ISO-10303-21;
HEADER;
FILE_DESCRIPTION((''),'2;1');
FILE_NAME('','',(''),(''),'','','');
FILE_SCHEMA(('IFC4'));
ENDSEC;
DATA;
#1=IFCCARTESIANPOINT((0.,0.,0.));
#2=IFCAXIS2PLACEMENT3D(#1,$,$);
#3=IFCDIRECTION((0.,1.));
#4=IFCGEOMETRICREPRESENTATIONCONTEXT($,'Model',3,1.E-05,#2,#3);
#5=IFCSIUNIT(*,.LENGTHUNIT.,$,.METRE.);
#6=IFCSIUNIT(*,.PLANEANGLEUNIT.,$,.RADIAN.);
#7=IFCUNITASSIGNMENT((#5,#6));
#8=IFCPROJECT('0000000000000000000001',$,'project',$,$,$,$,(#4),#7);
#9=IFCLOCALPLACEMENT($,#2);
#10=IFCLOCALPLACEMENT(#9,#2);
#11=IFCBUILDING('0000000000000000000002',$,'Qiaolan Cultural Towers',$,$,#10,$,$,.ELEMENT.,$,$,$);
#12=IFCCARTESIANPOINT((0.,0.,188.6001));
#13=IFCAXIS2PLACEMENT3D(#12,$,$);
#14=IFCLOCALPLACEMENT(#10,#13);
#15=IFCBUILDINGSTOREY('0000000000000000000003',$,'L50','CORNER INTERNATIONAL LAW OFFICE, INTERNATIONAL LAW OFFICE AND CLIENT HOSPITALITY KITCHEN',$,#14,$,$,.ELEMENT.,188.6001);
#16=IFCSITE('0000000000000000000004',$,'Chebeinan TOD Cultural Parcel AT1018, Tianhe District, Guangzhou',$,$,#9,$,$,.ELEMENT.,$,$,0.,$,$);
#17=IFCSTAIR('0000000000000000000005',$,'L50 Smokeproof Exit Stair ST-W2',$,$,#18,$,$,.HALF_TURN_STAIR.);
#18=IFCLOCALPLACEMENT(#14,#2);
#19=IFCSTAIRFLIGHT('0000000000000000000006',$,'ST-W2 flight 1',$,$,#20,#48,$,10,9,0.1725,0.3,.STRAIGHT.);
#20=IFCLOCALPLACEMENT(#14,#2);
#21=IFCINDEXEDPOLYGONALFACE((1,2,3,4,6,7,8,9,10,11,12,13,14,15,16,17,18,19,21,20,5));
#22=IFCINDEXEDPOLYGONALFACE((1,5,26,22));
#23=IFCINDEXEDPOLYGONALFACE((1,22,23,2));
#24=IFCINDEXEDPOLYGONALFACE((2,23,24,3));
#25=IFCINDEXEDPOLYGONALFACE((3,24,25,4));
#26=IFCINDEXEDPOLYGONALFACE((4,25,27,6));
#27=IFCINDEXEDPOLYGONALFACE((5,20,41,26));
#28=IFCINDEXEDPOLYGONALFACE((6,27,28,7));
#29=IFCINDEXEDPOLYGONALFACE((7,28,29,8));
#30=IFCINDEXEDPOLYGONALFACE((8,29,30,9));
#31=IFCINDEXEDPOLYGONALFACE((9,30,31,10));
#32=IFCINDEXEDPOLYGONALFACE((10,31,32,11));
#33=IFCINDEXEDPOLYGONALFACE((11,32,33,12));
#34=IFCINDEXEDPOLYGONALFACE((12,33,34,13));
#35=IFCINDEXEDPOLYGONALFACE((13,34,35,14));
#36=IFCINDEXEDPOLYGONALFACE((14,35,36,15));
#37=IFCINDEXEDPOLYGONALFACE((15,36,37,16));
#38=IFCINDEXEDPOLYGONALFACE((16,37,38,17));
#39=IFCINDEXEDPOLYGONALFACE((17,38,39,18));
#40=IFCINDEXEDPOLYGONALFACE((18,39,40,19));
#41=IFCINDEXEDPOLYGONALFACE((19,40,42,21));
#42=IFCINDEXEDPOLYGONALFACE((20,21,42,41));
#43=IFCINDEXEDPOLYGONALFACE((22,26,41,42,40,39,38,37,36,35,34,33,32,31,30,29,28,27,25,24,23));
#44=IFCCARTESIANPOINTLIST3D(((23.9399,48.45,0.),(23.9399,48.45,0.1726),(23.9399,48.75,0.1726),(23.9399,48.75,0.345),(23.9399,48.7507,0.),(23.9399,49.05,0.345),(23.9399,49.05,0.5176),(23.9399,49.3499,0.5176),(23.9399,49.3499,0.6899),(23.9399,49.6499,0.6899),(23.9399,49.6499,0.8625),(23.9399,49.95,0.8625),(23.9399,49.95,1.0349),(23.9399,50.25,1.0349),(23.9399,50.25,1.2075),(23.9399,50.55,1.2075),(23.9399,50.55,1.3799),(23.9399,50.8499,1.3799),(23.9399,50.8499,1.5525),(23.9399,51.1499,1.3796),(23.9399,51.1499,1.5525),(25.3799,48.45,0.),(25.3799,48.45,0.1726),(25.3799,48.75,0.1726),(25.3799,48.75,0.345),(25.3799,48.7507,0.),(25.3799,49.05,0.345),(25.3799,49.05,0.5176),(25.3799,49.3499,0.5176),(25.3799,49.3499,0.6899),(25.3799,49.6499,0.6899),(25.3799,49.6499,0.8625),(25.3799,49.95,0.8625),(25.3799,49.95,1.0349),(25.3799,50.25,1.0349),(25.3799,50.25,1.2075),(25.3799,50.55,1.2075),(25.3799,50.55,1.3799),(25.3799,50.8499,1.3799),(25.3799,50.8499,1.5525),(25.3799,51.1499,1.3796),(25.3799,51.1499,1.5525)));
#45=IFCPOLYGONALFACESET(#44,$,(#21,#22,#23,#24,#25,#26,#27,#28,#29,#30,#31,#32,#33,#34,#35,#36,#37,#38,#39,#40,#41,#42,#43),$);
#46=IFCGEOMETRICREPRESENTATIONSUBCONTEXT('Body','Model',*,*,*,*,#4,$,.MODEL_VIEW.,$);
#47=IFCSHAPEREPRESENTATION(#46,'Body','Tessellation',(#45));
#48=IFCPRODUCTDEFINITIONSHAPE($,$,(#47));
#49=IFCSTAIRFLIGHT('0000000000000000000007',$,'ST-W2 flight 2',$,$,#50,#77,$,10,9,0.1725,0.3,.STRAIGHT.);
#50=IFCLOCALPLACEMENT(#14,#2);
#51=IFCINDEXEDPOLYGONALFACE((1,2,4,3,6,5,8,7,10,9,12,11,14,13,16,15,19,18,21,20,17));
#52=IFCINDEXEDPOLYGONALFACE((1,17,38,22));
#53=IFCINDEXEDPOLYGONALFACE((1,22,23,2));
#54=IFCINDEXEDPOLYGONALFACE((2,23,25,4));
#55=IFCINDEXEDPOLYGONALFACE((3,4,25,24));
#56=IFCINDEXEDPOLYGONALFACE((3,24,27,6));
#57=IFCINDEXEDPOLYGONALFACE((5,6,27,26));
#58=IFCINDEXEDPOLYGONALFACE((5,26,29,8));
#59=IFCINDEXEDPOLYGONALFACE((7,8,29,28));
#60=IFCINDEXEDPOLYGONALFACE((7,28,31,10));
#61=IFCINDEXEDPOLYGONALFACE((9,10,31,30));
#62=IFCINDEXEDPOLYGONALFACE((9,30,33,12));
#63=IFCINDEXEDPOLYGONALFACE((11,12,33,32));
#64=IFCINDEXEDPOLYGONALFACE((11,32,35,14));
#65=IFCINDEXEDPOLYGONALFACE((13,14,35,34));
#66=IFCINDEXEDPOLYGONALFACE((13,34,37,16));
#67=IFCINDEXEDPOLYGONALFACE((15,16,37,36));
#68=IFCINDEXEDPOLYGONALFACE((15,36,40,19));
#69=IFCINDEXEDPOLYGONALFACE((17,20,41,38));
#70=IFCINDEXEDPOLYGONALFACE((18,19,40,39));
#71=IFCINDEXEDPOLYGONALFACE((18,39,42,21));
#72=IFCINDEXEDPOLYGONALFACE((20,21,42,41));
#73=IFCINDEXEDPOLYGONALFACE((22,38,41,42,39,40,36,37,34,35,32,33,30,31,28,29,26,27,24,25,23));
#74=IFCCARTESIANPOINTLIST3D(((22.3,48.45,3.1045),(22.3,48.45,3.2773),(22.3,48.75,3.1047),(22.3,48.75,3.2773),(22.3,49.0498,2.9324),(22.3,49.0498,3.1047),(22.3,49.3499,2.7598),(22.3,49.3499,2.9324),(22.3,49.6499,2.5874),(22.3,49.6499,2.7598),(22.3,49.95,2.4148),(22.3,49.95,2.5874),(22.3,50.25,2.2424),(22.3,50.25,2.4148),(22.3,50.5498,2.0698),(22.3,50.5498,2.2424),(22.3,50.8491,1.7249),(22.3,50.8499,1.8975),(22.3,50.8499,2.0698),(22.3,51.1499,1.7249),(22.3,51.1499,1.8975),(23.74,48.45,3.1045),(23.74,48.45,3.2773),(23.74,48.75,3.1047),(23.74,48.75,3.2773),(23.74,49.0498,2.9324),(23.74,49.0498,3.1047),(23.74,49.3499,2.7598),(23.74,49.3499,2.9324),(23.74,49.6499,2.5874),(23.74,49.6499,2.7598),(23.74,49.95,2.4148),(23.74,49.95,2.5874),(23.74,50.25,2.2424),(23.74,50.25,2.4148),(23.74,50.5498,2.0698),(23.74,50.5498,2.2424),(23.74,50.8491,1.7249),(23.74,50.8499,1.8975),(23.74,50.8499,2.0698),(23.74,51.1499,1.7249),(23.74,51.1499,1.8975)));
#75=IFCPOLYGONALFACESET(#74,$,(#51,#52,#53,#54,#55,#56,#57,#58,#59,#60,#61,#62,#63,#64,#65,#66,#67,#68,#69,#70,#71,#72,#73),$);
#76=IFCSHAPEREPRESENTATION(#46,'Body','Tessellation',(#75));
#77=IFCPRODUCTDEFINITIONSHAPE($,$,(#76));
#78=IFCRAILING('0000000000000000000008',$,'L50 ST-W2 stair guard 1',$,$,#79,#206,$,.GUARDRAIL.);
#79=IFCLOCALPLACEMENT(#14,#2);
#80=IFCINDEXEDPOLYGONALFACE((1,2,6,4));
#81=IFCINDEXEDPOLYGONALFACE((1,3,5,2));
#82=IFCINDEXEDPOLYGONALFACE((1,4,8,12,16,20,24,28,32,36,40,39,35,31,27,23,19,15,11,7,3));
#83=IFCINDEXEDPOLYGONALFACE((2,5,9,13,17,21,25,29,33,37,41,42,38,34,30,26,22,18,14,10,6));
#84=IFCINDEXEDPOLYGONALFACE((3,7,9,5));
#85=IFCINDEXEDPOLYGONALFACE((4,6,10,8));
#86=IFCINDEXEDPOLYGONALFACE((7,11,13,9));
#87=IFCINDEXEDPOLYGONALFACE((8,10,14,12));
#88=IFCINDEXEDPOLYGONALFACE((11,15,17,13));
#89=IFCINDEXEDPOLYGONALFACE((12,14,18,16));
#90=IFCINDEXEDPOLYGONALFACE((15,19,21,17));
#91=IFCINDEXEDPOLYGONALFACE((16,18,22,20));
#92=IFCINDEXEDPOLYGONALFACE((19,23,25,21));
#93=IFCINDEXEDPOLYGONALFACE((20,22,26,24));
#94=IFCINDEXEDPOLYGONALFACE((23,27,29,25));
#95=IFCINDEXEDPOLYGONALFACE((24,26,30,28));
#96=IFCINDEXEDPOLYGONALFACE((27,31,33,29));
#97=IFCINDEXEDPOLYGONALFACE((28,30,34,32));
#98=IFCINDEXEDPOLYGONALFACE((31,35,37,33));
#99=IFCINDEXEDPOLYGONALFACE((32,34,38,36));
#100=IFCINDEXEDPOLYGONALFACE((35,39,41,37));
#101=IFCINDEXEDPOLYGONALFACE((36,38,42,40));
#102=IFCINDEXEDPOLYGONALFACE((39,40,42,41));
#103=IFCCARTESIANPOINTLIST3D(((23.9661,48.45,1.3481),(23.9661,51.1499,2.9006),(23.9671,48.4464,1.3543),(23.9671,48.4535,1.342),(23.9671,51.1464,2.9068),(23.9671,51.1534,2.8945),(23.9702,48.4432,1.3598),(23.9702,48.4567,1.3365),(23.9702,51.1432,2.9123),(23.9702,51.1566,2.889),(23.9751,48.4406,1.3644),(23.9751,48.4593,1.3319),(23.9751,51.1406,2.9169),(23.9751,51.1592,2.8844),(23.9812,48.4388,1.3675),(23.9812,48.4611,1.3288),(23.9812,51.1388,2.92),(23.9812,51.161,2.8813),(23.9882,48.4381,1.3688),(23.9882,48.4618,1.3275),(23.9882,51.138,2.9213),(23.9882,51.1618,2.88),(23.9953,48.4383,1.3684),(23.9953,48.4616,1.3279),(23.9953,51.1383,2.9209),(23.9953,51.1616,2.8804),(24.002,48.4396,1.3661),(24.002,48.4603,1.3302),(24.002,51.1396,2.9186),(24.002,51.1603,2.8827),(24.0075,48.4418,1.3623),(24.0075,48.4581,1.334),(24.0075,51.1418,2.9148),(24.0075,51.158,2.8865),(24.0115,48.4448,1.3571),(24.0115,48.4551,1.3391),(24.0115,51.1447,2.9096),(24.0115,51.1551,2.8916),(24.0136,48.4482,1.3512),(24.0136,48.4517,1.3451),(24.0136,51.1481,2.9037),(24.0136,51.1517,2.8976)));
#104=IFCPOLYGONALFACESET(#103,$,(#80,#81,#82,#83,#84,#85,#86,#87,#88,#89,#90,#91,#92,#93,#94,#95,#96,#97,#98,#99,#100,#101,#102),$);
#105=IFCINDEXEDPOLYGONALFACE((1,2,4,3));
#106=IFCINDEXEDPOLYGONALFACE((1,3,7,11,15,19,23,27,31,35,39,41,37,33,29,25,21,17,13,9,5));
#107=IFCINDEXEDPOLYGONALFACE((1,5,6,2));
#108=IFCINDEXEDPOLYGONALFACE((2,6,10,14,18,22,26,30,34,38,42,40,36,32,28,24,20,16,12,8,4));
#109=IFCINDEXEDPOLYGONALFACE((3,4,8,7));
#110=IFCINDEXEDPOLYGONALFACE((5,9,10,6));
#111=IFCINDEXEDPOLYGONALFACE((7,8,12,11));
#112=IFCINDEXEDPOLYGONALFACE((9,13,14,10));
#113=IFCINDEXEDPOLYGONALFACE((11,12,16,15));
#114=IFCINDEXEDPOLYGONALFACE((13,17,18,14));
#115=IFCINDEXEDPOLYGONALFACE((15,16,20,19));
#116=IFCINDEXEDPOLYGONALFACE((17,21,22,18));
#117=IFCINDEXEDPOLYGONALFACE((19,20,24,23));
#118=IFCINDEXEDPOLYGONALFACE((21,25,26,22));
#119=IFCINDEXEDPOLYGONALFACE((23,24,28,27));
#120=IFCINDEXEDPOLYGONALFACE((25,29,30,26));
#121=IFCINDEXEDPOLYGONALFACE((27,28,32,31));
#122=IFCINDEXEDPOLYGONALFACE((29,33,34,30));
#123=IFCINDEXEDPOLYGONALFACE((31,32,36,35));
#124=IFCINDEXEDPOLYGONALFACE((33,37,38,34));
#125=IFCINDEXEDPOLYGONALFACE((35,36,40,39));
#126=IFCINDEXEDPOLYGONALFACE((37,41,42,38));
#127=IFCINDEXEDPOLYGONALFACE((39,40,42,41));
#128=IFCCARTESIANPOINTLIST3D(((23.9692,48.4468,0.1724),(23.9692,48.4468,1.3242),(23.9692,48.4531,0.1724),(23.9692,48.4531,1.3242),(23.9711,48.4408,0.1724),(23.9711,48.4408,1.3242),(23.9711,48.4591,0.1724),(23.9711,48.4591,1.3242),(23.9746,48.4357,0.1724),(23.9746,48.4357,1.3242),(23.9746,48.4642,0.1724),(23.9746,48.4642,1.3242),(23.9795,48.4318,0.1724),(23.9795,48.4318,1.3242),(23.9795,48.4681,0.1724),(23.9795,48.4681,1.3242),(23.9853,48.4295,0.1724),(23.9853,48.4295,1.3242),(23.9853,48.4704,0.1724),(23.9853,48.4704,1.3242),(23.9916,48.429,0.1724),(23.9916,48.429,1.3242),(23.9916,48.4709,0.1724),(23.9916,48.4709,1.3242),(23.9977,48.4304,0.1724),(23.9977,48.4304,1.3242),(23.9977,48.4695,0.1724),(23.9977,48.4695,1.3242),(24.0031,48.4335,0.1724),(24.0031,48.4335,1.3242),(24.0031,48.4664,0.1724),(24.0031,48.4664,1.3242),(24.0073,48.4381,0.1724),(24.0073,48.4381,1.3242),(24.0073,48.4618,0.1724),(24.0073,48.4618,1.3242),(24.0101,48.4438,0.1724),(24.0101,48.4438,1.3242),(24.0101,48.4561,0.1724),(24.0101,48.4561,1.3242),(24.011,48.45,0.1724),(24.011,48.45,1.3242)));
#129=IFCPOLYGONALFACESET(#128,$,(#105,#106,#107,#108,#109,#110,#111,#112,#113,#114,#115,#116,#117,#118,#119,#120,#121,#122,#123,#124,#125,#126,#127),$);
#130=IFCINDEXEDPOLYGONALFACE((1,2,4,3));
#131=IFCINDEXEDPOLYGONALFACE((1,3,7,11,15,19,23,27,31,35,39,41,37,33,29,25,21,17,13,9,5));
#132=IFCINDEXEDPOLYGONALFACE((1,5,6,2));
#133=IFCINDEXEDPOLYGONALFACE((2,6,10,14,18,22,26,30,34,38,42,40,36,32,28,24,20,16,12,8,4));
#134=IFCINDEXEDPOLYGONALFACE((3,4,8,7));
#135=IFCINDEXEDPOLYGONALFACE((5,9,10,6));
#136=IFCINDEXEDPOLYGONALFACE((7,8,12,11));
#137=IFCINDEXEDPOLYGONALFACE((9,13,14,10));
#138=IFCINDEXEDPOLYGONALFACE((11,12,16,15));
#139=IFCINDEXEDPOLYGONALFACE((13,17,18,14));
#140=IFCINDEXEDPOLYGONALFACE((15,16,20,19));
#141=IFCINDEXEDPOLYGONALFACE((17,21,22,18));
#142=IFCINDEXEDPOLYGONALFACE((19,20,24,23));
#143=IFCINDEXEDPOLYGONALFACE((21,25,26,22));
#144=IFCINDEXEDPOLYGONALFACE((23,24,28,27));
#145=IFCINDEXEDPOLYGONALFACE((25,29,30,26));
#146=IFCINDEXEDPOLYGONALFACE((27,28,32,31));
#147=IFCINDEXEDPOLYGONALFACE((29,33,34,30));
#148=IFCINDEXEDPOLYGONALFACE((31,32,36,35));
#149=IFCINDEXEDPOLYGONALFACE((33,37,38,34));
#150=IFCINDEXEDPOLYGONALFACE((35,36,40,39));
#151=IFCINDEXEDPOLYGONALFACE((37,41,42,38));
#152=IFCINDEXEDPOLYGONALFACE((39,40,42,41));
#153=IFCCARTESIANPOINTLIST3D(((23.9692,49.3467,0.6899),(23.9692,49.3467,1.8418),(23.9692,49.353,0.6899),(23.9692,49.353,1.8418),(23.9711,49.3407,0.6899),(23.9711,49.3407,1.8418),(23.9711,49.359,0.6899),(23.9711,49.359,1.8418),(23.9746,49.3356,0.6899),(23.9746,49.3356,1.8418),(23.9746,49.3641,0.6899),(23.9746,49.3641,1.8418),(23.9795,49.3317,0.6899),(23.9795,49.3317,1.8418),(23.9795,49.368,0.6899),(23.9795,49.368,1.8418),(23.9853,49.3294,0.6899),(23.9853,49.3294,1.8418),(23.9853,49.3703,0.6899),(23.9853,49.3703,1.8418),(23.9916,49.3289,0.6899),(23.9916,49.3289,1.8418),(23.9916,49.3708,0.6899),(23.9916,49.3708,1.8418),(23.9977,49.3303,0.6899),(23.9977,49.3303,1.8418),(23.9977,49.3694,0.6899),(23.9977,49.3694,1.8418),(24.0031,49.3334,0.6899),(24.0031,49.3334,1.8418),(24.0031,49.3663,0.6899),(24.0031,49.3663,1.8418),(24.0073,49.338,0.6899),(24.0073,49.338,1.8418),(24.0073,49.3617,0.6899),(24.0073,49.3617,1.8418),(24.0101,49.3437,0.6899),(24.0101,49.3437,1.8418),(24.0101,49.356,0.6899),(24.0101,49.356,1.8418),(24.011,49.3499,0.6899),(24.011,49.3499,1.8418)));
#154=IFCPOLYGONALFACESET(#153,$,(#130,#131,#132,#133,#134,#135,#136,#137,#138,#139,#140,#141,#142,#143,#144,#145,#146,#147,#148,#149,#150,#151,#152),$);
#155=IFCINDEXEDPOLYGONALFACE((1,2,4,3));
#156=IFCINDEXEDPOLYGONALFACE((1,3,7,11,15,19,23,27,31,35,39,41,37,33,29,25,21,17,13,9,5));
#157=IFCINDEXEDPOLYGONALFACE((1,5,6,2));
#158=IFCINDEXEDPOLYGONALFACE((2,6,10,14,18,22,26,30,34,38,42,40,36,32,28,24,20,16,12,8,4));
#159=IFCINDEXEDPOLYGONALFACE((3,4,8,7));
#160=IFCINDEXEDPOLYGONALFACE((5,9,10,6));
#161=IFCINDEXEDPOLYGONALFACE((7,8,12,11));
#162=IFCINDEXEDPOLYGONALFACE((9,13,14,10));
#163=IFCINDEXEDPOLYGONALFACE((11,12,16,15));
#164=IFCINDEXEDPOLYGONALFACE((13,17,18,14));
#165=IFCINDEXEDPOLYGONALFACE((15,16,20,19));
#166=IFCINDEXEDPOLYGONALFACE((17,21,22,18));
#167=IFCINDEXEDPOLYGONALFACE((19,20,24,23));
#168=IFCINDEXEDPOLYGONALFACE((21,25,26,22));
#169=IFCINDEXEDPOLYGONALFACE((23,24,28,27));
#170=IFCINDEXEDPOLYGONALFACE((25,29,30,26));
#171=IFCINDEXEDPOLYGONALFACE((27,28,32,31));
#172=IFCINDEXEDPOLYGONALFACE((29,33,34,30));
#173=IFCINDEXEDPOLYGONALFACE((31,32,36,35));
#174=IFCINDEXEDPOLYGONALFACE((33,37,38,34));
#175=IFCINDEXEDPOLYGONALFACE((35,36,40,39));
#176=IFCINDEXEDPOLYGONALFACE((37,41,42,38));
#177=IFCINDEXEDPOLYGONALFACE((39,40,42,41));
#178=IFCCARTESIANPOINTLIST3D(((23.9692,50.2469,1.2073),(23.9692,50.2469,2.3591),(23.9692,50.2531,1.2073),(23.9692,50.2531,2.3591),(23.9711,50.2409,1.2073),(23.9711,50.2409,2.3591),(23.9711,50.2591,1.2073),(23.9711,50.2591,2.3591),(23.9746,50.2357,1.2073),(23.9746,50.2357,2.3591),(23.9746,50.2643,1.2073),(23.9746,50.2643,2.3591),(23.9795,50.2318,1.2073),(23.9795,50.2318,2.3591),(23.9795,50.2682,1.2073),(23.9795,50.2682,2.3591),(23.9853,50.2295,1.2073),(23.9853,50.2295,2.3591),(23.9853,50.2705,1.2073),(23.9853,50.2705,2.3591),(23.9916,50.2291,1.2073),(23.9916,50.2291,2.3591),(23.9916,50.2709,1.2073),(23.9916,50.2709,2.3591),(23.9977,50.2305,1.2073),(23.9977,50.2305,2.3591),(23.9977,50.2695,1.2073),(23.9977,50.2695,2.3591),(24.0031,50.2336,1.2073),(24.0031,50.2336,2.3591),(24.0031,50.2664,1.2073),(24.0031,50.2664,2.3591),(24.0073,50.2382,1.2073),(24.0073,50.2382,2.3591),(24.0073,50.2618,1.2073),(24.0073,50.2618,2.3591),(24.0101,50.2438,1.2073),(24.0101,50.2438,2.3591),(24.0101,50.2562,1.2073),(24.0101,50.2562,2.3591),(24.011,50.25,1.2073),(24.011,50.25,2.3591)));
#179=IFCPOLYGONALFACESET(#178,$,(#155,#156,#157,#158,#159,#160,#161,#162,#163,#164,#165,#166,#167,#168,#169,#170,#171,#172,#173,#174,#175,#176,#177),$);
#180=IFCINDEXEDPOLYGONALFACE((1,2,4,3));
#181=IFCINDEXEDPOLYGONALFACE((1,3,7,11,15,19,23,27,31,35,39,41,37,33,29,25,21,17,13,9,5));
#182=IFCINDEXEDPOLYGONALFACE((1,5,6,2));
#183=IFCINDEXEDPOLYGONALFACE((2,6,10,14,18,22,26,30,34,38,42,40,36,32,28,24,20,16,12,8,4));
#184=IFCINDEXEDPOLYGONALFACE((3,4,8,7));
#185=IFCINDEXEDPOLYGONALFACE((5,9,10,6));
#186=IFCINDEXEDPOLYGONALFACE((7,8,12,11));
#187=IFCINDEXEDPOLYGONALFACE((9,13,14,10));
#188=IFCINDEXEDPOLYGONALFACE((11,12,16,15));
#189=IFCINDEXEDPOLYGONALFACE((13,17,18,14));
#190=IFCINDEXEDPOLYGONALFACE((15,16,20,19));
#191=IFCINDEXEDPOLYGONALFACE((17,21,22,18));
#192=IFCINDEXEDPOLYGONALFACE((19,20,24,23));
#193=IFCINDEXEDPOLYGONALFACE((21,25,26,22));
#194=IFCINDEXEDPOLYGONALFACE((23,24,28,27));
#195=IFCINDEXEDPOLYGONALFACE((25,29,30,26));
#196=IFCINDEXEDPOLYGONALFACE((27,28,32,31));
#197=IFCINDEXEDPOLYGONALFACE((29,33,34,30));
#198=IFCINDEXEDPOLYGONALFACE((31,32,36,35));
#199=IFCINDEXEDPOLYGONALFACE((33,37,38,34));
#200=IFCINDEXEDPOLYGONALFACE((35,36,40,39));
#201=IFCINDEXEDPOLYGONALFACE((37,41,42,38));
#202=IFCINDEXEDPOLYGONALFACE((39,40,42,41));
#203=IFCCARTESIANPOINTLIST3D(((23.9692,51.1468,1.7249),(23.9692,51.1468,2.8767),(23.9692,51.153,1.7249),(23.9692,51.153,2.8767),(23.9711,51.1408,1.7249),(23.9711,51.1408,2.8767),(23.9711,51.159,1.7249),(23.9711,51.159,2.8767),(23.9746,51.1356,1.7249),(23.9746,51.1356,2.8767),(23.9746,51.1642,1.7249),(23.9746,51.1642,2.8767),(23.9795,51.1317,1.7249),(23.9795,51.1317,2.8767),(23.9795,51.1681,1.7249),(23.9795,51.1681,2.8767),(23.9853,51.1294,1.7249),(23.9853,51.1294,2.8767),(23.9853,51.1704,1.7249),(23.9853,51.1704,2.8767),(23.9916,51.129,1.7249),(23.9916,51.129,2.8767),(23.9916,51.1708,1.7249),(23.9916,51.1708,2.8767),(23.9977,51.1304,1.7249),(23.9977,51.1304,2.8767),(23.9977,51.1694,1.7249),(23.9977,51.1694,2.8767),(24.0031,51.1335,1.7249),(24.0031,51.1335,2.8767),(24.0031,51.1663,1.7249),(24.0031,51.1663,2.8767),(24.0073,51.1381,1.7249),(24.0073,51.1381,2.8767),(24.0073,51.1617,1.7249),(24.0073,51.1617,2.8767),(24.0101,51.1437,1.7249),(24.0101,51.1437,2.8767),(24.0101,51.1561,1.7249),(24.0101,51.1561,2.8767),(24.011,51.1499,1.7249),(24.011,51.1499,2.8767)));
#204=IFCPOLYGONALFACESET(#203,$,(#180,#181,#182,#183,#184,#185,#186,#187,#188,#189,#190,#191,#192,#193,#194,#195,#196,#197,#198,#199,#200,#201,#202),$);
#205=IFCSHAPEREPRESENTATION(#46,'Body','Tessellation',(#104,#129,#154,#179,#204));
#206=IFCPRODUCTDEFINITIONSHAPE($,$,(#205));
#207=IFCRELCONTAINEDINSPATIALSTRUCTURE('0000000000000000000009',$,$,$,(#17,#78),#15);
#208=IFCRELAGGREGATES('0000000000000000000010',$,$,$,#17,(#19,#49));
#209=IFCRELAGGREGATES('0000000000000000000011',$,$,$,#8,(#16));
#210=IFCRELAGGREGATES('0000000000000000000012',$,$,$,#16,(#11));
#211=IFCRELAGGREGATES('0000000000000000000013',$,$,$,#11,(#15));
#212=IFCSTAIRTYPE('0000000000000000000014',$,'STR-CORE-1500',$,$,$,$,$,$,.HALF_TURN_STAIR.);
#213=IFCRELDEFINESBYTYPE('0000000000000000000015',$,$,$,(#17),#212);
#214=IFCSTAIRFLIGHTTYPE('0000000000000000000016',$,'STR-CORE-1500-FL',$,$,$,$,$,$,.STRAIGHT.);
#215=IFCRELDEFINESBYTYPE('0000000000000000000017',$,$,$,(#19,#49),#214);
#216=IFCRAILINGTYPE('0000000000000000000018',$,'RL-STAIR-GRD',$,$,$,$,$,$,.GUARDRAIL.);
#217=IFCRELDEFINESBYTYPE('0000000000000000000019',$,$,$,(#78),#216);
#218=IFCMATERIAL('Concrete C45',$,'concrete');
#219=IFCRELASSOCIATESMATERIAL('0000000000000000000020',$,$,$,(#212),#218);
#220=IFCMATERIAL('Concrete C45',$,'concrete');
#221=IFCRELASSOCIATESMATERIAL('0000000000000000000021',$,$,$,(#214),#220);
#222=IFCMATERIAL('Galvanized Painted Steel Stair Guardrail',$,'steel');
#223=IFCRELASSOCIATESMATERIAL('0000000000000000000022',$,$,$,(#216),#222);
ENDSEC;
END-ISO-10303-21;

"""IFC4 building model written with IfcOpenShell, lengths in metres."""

from ifc_helpers import new_model, si_unit, direction, frame, origin, origin_2d, place, context, subcontext, project, spatial, polyline, circle, outline, extrude, material, type_object, element, aggregate, save


model = new_model("IFC4")

# Units and contexts
model_context = context("Model", 3, precision=1e-05, world=origin(), true_north=direction((0.0, 1.0)))
body_context = subcontext(model_context, "Body", "Model", "MODEL_VIEW")
ifc_project = project(units=[si_unit("LENGTHUNIT", "METRE"), si_unit("PLANEANGLEUNIT", "RADIAN")], contexts=[model_context])

# Site, building, storey
site_placement = place(None, origin())
site = spatial("IfcSite", under=ifc_project, at=site_placement, Name="Chebeinan TOD Cultural Parcel AT1018, Tianhe District, Guangzhou", CompositionType="ELEMENT", RefElevation=0.0)
building_placement = place(site_placement, origin())
building = spatial("IfcBuilding", under=site, at=building_placement, Name="Qiaolan Cultural Towers", CompositionType="ELEMENT")
storey_placement = place(building_placement, frame((0.0, 0.0, 188.6001)))
storey = spatial("IfcBuildingStorey", under=building, at=storey_placement, Name="L50", Description="CORNER INTERNATIONAL LAW OFFICE, INTERNATIONAL LAW OFFICE AND CLIENT HOSPITALITY KITCHEN", CompositionType="ELEMENT", Elevation=188.6001)

# Stair, stair flights
ifc_material_1 = material(Name="Concrete C45", Category="concrete")
stair_type = type_object("IfcStairType", Name="STR-CORE-1500", PredefinedType="HALF_TURN_STAIR", material=ifc_material_1)
stair_placement = place(storey_placement, origin())
stair = element("IfcStair", 1, at=stair_placement, inside=storey, type_object=stair_type, Name="L50 Smokeproof Exit Stair ST-W2", PredefinedType="HALF_TURN_STAIR")
ifc_material_2 = material(Name="Concrete C45", Category="concrete")
stair_flight_type = type_object("IfcStairFlightType", Name="STR-CORE-1500-FL", PredefinedType="STRAIGHT", material=ifc_material_2)
stair_flight_1_placement = place(storey_placement, frame((24.6599, 48.45, 0.0), z_axis=(0.0, 0.0, 1.0), x_axis=(0.0, 1.0, 0.0)))
stair_flight_1 = element("IfcStairFlight", 2, at=stair_flight_1_placement, type_object=stair_flight_type, Name="ST-W2 flight 1", NumberOfRisers=10, NumberOfTreads=9, PredefinedType="STRAIGHT", RiserHeight=0.1725, TreadLength=0.3, context=body_context, shape_type="SweptSolid", body=[
    extrude(outline(polyline([(0.0, 0.0), (0.0, 0.1726), (0.3, 0.1726), (0.3, 0.345), (0.6001, 0.345), (0.6001, 0.5176), (0.8999, 0.5176), (0.8999, 0.6899), (1.2, 0.6899), (1.2, 0.8625), (1.5, 0.8625), (1.5, 1.0349), (1.8, 1.0349), (1.8, 1.2075), (2.1001, 1.2075), (2.1001, 1.3799), (2.3999, 1.3799), (2.3999, 1.5525), (2.7, 1.5525), (2.7, 1.7251), (2.7, 1.3796), (0.3008, 0.0), (0.0, 0.0)])), frame((0.0, 0.72, 0.0), z_axis=(0.0, -1.0, 0.0), x_axis=(1.0, 0.0, 0.0)), (0.0, 0.0, 1.0), 1.4399),
])
stair_flight_2_placement = place(storey_placement, frame((23.02, 51.1499, 1.7249), z_axis=(0.0, 0.0, 1.0), x_axis=(0.0, -1.0, 0.0)))
stair_flight_2 = element("IfcStairFlight", 3, at=stair_flight_2_placement, type_object=stair_flight_type, Name="ST-W2 flight 2", NumberOfRisers=10, NumberOfTreads=9, PredefinedType="STRAIGHT", RiserHeight=0.1725, TreadLength=0.3, context=body_context, shape_type="SweptSolid", body=[
    extrude(outline(polyline([(0.0, 0.0), (0.0, 0.1726), (0.3, 0.1726), (0.3, 0.345), (0.6001, 0.345), (0.6001, 0.5176), (0.8999, 0.5176), (0.8999, 0.6899), (1.2, 0.6899), (1.2, 0.8625), (1.5, 0.8625), (1.5, 1.0349), (1.8, 1.0349), (1.8, 1.2075), (2.1001, 1.2075), (2.1001, 1.3799), (2.3999, 1.3799), (2.3999, 1.5525), (2.7, 1.5525), (2.7, 1.7251), (2.7, 1.3796), (0.3008, 0.0), (0.0, 0.0)])), frame((0.0, 0.72, 0.0), z_axis=(0.0, -1.0, 0.0), x_axis=(1.0, 0.0, 0.0)), (0.0, 0.0, 1.0), 1.4399),
])
aggregate(stair, [stair_flight_1, stair_flight_2])

# Railing
ifc_material_3 = material(Name="Galvanized Painted Steel Stair Guardrail", Category="steel")
railing_type_1 = type_object("IfcRailingType", Name="RL-STAIR-GRD", PredefinedType="GUARDRAIL", material=ifc_material_3)
railing_1_placement = place(storey_placement, frame((23.99, 48.45, 0.1724)))
element("IfcRailing", 4, at=railing_1_placement, inside=storey, type_object=railing_type_1, Name="L50 ST-W2 stair guard 1", PredefinedType="GUARDRAIL", context=body_context, shape_type="SweptSolid", body=[
    extrude(circle(Radius=0.0239, at=origin_2d()), frame((0.0, 0.0, 1.1758), z_axis=(0.0, 0.866904, 0.498476), x_axis=(-1.0, 0.0, 0.0)), (0.0, 0.0, 1.0), 3.1145),
    extrude(circle(Radius=0.021, at=origin_2d()), origin(), (0.0, 0.0, 1.0), 1.1519),
    extrude(circle(Radius=0.021, at=origin_2d()), frame((0.0, 0.8999, 0.5176)), (0.0, 0.0, 1.0), 1.1519),
    extrude(circle(Radius=0.021, at=origin_2d()), frame((0.0, 1.8, 1.0349)), (0.0, 0.0, 1.0), 1.1519),
    extrude(circle(Radius=0.021, at=origin_2d()), frame((0.0, 2.7, 1.5525)), (0.0, 0.0, 1.0), 1.1519),
])

save(model, "model.ifc")
